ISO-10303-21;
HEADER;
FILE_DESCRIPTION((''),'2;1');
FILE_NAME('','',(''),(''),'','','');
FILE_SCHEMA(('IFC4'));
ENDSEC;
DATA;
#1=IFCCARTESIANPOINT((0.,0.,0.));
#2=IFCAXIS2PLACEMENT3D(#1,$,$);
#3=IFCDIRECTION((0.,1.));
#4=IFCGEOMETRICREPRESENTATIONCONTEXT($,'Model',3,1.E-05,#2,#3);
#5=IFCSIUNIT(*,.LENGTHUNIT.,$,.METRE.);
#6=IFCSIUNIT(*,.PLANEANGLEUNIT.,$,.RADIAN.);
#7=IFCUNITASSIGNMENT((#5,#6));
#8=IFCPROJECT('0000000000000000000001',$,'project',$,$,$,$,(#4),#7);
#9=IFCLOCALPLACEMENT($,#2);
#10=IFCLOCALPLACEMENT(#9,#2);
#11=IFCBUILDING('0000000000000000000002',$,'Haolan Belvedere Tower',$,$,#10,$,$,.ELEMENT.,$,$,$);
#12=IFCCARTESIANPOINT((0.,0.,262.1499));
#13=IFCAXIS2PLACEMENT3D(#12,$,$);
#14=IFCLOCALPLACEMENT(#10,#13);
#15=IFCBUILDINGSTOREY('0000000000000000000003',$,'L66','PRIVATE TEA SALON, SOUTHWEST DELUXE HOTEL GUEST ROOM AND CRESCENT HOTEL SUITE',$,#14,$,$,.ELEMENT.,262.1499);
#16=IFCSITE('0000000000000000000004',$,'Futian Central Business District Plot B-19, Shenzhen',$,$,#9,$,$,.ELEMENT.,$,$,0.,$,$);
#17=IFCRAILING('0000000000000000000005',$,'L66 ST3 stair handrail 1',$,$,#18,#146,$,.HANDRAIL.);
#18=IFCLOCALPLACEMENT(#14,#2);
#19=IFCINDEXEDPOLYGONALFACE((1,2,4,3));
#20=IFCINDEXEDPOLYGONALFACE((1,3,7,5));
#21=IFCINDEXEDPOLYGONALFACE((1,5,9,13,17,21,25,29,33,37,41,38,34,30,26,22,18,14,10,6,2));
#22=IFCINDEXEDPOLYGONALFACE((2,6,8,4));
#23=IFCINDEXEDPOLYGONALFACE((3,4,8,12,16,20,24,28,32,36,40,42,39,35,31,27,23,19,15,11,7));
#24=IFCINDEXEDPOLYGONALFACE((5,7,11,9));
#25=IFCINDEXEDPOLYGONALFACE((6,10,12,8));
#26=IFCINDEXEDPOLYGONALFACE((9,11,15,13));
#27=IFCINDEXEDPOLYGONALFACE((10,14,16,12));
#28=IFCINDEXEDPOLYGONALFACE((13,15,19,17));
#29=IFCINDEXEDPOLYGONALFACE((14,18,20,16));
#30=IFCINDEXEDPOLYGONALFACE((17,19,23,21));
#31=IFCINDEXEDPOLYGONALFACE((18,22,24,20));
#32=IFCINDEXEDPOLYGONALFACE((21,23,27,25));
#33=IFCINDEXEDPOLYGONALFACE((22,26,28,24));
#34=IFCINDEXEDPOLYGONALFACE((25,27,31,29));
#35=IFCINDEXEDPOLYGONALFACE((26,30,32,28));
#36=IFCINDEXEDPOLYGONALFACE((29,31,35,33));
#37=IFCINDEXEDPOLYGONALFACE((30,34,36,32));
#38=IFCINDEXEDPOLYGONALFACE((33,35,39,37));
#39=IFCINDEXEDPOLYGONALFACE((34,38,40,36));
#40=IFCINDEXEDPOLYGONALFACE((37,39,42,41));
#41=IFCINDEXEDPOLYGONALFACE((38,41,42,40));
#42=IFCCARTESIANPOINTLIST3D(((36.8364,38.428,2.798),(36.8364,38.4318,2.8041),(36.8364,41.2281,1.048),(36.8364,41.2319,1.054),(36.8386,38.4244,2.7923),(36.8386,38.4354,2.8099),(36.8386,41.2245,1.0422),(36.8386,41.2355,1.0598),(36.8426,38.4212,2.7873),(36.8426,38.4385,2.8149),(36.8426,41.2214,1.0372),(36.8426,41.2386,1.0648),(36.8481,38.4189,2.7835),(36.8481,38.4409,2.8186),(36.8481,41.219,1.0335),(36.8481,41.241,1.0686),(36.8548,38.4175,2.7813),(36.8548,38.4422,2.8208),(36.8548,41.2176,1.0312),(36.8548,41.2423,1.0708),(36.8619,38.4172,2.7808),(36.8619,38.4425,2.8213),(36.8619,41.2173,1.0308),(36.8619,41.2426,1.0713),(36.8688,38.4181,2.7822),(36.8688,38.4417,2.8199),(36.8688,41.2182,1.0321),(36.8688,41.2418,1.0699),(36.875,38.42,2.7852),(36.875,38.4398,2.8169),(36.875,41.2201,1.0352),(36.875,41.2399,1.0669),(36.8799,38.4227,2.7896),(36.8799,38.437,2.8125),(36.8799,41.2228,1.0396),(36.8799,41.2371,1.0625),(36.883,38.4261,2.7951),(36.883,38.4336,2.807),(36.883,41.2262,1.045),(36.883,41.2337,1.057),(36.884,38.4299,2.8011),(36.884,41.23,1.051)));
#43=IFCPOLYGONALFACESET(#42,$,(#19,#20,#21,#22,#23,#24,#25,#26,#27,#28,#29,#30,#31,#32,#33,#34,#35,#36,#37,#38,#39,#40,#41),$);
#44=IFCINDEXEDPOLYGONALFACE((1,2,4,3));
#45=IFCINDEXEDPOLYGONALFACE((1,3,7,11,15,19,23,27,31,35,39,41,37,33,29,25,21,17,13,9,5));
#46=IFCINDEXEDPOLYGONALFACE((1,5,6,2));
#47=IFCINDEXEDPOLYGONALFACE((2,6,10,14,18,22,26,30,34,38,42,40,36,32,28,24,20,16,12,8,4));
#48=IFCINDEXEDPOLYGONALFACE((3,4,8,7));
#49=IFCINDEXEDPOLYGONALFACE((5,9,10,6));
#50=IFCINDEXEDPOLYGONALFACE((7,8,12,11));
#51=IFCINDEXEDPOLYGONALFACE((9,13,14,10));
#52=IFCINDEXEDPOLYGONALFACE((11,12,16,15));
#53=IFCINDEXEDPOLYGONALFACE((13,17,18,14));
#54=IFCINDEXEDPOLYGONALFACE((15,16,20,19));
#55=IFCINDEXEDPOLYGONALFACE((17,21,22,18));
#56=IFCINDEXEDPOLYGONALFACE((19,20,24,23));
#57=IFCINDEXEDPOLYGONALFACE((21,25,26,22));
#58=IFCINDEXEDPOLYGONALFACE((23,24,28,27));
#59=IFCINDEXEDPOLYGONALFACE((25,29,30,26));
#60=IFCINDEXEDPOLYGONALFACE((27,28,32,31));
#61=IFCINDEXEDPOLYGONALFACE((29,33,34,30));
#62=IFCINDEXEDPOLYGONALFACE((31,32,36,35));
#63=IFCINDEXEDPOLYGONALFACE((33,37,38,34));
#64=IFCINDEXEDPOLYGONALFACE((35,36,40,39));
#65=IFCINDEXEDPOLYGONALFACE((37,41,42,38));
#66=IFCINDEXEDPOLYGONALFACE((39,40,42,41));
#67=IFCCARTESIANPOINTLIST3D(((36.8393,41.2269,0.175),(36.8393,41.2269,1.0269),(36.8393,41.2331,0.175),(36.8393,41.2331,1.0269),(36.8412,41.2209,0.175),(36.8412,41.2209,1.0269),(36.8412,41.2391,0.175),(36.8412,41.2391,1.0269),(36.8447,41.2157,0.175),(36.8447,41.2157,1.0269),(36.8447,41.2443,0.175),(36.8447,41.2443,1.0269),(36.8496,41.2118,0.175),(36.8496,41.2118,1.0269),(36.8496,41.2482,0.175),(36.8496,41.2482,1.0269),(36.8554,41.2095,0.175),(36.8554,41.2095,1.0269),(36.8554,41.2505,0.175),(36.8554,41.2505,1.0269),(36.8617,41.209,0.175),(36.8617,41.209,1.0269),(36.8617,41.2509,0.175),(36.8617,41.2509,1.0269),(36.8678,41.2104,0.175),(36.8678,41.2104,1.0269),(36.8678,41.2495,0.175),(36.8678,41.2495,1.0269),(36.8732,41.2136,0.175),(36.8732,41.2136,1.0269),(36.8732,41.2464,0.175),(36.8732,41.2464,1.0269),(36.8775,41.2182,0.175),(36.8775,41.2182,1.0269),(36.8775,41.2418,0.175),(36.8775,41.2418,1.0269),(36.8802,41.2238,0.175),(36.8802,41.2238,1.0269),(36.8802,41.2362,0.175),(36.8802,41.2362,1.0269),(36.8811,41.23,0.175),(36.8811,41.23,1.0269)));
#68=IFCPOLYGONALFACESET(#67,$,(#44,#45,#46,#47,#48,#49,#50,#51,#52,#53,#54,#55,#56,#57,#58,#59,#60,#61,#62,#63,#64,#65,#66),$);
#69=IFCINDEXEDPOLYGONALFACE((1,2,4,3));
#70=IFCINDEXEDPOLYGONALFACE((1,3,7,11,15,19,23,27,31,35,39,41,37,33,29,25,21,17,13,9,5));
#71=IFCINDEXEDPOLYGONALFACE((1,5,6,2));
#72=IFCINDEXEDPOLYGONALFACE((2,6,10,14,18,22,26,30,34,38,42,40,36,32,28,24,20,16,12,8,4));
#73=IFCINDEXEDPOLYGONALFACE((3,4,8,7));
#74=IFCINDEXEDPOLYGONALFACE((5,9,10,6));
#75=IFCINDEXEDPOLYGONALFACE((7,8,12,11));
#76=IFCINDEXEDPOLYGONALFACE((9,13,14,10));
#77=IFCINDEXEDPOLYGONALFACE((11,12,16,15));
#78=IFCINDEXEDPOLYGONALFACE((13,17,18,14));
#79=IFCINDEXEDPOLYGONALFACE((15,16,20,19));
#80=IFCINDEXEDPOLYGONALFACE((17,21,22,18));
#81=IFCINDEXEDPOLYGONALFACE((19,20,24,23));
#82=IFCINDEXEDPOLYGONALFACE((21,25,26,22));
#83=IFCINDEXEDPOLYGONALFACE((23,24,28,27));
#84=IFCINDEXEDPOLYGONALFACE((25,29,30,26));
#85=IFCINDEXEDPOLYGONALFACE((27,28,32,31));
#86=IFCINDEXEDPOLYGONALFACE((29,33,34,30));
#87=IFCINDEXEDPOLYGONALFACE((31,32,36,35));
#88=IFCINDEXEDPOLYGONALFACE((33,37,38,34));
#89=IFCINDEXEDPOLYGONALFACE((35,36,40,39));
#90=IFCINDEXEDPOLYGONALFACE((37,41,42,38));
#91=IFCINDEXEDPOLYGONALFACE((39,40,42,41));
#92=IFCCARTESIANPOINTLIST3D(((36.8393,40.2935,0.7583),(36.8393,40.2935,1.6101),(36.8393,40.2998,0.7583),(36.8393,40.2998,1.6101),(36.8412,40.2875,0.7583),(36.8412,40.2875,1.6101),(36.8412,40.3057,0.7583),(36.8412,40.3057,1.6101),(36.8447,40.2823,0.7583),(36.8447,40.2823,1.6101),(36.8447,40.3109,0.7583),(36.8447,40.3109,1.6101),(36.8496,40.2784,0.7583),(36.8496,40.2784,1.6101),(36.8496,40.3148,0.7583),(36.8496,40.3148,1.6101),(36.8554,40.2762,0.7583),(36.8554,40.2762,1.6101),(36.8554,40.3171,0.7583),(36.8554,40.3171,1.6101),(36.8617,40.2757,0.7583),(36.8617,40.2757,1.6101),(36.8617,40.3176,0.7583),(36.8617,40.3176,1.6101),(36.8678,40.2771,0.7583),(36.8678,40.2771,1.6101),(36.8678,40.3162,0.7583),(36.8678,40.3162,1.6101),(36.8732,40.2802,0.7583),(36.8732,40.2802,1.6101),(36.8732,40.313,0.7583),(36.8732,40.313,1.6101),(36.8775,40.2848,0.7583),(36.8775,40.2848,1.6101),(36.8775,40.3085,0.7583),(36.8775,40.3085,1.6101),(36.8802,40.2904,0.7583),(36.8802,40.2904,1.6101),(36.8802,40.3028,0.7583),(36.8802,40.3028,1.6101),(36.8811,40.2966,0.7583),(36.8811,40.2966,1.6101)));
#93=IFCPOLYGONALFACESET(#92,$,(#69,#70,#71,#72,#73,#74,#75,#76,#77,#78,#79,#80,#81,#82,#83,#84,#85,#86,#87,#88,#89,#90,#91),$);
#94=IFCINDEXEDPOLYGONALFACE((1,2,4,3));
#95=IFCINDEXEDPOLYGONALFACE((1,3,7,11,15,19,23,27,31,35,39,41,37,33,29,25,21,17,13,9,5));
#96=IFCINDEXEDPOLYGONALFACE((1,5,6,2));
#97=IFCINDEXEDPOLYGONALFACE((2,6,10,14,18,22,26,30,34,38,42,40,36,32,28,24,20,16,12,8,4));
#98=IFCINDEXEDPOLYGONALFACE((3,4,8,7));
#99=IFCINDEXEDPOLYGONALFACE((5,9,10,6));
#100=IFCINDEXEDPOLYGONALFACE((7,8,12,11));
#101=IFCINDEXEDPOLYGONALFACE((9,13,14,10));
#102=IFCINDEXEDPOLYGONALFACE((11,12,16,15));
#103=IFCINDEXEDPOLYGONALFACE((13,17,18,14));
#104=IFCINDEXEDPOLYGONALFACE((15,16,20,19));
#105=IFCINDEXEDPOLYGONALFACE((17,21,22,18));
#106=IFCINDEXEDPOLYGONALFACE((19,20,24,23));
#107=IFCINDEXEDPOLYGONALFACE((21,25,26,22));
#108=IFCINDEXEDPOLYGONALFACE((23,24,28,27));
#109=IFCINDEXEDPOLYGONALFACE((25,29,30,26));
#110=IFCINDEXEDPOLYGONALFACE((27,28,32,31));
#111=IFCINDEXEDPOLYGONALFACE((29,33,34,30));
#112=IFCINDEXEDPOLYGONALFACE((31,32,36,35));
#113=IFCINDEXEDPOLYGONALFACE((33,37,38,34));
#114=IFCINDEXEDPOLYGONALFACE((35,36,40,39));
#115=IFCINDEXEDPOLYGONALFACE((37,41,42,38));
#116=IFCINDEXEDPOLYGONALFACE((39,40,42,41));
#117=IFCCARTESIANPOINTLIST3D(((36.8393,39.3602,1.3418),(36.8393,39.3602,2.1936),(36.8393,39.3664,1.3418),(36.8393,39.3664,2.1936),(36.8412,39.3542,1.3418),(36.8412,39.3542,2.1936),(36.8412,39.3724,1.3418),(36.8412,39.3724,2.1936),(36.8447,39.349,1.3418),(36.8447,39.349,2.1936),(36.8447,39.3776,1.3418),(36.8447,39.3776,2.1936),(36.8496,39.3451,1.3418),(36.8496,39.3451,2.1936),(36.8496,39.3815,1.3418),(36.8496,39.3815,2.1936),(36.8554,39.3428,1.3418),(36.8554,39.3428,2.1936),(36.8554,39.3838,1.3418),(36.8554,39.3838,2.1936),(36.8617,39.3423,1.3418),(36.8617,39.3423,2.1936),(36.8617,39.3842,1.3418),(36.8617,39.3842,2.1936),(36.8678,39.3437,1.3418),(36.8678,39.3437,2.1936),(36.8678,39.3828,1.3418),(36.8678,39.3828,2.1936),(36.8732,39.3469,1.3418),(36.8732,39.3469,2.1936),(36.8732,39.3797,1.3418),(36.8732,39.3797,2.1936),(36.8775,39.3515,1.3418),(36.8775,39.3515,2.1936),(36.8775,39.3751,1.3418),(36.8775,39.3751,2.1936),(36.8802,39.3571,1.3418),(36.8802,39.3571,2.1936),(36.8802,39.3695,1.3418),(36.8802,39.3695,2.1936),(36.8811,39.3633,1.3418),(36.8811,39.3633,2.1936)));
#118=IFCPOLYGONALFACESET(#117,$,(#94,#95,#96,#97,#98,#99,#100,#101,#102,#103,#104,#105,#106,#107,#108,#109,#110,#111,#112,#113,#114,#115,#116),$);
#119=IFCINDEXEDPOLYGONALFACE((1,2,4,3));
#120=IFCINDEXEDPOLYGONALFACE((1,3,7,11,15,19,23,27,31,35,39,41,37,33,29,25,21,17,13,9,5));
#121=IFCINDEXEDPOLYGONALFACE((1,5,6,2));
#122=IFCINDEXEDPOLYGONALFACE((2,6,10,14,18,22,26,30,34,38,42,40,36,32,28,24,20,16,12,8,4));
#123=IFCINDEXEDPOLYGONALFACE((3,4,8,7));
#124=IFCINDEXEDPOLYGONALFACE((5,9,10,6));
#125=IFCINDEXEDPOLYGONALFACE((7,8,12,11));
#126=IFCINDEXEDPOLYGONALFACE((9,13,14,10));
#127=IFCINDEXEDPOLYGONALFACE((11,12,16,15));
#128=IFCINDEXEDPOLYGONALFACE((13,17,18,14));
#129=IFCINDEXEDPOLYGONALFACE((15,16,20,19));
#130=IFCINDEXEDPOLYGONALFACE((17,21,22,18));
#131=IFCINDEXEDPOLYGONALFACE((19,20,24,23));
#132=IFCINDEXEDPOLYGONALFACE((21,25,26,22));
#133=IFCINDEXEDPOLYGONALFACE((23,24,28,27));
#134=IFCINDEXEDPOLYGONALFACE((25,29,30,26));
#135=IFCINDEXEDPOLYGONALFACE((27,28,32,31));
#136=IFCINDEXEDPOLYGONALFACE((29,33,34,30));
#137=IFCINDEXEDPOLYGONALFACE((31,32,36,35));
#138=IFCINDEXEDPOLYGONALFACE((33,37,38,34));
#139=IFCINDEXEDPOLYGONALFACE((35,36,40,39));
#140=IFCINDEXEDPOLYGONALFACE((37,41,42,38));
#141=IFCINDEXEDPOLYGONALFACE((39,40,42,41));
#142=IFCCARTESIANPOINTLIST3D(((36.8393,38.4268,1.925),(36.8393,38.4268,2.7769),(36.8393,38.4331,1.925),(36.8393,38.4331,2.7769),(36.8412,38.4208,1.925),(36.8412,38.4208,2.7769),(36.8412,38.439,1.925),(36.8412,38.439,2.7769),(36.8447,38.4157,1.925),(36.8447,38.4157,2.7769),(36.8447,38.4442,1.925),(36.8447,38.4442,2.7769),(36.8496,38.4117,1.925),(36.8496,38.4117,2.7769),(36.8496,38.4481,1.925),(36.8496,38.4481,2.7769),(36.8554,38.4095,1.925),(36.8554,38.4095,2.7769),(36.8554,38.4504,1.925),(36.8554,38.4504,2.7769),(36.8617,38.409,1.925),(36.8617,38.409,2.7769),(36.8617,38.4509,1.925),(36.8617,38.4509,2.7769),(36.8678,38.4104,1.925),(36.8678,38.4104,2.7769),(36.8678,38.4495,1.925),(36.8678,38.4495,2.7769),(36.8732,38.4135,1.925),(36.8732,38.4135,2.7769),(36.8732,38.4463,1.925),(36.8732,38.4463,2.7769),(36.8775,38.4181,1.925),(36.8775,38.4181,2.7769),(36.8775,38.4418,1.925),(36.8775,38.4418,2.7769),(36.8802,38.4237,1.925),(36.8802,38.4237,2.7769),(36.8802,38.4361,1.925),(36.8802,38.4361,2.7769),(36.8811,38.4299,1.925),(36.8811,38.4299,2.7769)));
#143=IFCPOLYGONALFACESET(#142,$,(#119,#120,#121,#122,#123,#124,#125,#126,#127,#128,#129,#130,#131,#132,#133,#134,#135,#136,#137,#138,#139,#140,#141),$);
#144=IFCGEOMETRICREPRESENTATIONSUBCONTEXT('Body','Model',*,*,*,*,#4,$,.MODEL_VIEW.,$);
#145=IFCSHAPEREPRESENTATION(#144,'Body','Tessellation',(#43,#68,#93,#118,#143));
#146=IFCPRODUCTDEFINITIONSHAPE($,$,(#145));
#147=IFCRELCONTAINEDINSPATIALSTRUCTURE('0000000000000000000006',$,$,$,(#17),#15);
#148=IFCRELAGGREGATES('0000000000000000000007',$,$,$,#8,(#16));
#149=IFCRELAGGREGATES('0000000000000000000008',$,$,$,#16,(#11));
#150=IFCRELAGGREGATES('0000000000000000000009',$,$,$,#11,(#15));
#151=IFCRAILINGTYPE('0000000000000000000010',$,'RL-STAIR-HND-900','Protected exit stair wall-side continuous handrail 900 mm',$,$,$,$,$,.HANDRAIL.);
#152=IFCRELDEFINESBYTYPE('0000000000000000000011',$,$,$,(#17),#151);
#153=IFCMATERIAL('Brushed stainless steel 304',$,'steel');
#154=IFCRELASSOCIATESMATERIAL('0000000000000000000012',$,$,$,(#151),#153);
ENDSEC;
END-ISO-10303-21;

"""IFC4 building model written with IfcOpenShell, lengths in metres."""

from ifc_helpers import new_model, si_unit, direction, frame, origin, origin_2d, place, context, subcontext, project, spatial, circle, extrude, material, type_object, element, save


model = new_model("IFC4")

# Units and contexts
model_context = context("Model", 3, precision=1e-05, world=origin(), true_north=direction((0.0, 1.0)))
body_context = subcontext(model_context, "Body", "Model", "MODEL_VIEW")
ifc_project = project(units=[si_unit("LENGTHUNIT", "METRE"), si_unit("PLANEANGLEUNIT", "RADIAN")], contexts=[model_context])

# Site, building, storey
site_placement = place(None, origin())
site = spatial("IfcSite", under=ifc_project, at=site_placement, Name="Futian Central Business District Plot B-19, Shenzhen", CompositionType="ELEMENT", RefElevation=0.0)
building_placement = place(site_placement, origin())
building = spatial("IfcBuilding", under=site, at=building_placement, Name="Haolan Belvedere Tower", CompositionType="ELEMENT")
storey_placement = place(building_placement, frame((0.0, 0.0, 262.1499)))
storey = spatial("IfcBuildingStorey", under=building, at=storey_placement, Name="L66", Description="PRIVATE TEA SALON, SOUTHWEST DELUXE HOTEL GUEST ROOM AND CRESCENT HOTEL SUITE", CompositionType="ELEMENT", Elevation=262.1499)

# Railing
ifc_material_1 = material(Name="Brushed stainless steel 304", Category="steel")
railing_type_1 = type_object("IfcRailingType", Name="RL-STAIR-HND-900", Description="Protected exit stair wall-side continuous handrail 900 mm", PredefinedType="HANDRAIL", material=ifc_material_1)
railing_1_placement = place(storey_placement, frame((36.8601, 41.23, 0.175)))
element("IfcRailing", 1, at=railing_1_placement, inside=storey, type_object=railing_type_1, Name="L66 ST3 stair handrail 1", PredefinedType="HANDRAIL", context=body_context, shape_type="SweptSolid", body=[
    extrude(circle(Radius=0.0239, at=origin_2d()), frame((0.0, 0.0, 0.876), z_axis=(0.0, -0.848002, 0.529992), x_axis=(1.0, 0.0, 0.0)), (0.0, 0.0, 1.0), 3.302),
    extrude(circle(Radius=0.021, at=origin_2d()), origin(), (0.0, 0.0, 1.0), 0.8518),
    extrude(circle(Radius=0.021, at=origin_2d()), frame((0.0, -0.9333, 0.5833)), (0.0, 0.0, 1.0), 0.8518),
    extrude(circle(Radius=0.021, at=origin_2d()), frame((0.0, -1.8667, 1.1667)), (0.0, 0.0, 1.0), 0.8518),
    extrude(circle(Radius=0.021, at=origin_2d()), frame((0.0, -2.8, 1.75)), (0.0, 0.0, 1.0), 0.8518),
])

save(model, "model.ifc")
